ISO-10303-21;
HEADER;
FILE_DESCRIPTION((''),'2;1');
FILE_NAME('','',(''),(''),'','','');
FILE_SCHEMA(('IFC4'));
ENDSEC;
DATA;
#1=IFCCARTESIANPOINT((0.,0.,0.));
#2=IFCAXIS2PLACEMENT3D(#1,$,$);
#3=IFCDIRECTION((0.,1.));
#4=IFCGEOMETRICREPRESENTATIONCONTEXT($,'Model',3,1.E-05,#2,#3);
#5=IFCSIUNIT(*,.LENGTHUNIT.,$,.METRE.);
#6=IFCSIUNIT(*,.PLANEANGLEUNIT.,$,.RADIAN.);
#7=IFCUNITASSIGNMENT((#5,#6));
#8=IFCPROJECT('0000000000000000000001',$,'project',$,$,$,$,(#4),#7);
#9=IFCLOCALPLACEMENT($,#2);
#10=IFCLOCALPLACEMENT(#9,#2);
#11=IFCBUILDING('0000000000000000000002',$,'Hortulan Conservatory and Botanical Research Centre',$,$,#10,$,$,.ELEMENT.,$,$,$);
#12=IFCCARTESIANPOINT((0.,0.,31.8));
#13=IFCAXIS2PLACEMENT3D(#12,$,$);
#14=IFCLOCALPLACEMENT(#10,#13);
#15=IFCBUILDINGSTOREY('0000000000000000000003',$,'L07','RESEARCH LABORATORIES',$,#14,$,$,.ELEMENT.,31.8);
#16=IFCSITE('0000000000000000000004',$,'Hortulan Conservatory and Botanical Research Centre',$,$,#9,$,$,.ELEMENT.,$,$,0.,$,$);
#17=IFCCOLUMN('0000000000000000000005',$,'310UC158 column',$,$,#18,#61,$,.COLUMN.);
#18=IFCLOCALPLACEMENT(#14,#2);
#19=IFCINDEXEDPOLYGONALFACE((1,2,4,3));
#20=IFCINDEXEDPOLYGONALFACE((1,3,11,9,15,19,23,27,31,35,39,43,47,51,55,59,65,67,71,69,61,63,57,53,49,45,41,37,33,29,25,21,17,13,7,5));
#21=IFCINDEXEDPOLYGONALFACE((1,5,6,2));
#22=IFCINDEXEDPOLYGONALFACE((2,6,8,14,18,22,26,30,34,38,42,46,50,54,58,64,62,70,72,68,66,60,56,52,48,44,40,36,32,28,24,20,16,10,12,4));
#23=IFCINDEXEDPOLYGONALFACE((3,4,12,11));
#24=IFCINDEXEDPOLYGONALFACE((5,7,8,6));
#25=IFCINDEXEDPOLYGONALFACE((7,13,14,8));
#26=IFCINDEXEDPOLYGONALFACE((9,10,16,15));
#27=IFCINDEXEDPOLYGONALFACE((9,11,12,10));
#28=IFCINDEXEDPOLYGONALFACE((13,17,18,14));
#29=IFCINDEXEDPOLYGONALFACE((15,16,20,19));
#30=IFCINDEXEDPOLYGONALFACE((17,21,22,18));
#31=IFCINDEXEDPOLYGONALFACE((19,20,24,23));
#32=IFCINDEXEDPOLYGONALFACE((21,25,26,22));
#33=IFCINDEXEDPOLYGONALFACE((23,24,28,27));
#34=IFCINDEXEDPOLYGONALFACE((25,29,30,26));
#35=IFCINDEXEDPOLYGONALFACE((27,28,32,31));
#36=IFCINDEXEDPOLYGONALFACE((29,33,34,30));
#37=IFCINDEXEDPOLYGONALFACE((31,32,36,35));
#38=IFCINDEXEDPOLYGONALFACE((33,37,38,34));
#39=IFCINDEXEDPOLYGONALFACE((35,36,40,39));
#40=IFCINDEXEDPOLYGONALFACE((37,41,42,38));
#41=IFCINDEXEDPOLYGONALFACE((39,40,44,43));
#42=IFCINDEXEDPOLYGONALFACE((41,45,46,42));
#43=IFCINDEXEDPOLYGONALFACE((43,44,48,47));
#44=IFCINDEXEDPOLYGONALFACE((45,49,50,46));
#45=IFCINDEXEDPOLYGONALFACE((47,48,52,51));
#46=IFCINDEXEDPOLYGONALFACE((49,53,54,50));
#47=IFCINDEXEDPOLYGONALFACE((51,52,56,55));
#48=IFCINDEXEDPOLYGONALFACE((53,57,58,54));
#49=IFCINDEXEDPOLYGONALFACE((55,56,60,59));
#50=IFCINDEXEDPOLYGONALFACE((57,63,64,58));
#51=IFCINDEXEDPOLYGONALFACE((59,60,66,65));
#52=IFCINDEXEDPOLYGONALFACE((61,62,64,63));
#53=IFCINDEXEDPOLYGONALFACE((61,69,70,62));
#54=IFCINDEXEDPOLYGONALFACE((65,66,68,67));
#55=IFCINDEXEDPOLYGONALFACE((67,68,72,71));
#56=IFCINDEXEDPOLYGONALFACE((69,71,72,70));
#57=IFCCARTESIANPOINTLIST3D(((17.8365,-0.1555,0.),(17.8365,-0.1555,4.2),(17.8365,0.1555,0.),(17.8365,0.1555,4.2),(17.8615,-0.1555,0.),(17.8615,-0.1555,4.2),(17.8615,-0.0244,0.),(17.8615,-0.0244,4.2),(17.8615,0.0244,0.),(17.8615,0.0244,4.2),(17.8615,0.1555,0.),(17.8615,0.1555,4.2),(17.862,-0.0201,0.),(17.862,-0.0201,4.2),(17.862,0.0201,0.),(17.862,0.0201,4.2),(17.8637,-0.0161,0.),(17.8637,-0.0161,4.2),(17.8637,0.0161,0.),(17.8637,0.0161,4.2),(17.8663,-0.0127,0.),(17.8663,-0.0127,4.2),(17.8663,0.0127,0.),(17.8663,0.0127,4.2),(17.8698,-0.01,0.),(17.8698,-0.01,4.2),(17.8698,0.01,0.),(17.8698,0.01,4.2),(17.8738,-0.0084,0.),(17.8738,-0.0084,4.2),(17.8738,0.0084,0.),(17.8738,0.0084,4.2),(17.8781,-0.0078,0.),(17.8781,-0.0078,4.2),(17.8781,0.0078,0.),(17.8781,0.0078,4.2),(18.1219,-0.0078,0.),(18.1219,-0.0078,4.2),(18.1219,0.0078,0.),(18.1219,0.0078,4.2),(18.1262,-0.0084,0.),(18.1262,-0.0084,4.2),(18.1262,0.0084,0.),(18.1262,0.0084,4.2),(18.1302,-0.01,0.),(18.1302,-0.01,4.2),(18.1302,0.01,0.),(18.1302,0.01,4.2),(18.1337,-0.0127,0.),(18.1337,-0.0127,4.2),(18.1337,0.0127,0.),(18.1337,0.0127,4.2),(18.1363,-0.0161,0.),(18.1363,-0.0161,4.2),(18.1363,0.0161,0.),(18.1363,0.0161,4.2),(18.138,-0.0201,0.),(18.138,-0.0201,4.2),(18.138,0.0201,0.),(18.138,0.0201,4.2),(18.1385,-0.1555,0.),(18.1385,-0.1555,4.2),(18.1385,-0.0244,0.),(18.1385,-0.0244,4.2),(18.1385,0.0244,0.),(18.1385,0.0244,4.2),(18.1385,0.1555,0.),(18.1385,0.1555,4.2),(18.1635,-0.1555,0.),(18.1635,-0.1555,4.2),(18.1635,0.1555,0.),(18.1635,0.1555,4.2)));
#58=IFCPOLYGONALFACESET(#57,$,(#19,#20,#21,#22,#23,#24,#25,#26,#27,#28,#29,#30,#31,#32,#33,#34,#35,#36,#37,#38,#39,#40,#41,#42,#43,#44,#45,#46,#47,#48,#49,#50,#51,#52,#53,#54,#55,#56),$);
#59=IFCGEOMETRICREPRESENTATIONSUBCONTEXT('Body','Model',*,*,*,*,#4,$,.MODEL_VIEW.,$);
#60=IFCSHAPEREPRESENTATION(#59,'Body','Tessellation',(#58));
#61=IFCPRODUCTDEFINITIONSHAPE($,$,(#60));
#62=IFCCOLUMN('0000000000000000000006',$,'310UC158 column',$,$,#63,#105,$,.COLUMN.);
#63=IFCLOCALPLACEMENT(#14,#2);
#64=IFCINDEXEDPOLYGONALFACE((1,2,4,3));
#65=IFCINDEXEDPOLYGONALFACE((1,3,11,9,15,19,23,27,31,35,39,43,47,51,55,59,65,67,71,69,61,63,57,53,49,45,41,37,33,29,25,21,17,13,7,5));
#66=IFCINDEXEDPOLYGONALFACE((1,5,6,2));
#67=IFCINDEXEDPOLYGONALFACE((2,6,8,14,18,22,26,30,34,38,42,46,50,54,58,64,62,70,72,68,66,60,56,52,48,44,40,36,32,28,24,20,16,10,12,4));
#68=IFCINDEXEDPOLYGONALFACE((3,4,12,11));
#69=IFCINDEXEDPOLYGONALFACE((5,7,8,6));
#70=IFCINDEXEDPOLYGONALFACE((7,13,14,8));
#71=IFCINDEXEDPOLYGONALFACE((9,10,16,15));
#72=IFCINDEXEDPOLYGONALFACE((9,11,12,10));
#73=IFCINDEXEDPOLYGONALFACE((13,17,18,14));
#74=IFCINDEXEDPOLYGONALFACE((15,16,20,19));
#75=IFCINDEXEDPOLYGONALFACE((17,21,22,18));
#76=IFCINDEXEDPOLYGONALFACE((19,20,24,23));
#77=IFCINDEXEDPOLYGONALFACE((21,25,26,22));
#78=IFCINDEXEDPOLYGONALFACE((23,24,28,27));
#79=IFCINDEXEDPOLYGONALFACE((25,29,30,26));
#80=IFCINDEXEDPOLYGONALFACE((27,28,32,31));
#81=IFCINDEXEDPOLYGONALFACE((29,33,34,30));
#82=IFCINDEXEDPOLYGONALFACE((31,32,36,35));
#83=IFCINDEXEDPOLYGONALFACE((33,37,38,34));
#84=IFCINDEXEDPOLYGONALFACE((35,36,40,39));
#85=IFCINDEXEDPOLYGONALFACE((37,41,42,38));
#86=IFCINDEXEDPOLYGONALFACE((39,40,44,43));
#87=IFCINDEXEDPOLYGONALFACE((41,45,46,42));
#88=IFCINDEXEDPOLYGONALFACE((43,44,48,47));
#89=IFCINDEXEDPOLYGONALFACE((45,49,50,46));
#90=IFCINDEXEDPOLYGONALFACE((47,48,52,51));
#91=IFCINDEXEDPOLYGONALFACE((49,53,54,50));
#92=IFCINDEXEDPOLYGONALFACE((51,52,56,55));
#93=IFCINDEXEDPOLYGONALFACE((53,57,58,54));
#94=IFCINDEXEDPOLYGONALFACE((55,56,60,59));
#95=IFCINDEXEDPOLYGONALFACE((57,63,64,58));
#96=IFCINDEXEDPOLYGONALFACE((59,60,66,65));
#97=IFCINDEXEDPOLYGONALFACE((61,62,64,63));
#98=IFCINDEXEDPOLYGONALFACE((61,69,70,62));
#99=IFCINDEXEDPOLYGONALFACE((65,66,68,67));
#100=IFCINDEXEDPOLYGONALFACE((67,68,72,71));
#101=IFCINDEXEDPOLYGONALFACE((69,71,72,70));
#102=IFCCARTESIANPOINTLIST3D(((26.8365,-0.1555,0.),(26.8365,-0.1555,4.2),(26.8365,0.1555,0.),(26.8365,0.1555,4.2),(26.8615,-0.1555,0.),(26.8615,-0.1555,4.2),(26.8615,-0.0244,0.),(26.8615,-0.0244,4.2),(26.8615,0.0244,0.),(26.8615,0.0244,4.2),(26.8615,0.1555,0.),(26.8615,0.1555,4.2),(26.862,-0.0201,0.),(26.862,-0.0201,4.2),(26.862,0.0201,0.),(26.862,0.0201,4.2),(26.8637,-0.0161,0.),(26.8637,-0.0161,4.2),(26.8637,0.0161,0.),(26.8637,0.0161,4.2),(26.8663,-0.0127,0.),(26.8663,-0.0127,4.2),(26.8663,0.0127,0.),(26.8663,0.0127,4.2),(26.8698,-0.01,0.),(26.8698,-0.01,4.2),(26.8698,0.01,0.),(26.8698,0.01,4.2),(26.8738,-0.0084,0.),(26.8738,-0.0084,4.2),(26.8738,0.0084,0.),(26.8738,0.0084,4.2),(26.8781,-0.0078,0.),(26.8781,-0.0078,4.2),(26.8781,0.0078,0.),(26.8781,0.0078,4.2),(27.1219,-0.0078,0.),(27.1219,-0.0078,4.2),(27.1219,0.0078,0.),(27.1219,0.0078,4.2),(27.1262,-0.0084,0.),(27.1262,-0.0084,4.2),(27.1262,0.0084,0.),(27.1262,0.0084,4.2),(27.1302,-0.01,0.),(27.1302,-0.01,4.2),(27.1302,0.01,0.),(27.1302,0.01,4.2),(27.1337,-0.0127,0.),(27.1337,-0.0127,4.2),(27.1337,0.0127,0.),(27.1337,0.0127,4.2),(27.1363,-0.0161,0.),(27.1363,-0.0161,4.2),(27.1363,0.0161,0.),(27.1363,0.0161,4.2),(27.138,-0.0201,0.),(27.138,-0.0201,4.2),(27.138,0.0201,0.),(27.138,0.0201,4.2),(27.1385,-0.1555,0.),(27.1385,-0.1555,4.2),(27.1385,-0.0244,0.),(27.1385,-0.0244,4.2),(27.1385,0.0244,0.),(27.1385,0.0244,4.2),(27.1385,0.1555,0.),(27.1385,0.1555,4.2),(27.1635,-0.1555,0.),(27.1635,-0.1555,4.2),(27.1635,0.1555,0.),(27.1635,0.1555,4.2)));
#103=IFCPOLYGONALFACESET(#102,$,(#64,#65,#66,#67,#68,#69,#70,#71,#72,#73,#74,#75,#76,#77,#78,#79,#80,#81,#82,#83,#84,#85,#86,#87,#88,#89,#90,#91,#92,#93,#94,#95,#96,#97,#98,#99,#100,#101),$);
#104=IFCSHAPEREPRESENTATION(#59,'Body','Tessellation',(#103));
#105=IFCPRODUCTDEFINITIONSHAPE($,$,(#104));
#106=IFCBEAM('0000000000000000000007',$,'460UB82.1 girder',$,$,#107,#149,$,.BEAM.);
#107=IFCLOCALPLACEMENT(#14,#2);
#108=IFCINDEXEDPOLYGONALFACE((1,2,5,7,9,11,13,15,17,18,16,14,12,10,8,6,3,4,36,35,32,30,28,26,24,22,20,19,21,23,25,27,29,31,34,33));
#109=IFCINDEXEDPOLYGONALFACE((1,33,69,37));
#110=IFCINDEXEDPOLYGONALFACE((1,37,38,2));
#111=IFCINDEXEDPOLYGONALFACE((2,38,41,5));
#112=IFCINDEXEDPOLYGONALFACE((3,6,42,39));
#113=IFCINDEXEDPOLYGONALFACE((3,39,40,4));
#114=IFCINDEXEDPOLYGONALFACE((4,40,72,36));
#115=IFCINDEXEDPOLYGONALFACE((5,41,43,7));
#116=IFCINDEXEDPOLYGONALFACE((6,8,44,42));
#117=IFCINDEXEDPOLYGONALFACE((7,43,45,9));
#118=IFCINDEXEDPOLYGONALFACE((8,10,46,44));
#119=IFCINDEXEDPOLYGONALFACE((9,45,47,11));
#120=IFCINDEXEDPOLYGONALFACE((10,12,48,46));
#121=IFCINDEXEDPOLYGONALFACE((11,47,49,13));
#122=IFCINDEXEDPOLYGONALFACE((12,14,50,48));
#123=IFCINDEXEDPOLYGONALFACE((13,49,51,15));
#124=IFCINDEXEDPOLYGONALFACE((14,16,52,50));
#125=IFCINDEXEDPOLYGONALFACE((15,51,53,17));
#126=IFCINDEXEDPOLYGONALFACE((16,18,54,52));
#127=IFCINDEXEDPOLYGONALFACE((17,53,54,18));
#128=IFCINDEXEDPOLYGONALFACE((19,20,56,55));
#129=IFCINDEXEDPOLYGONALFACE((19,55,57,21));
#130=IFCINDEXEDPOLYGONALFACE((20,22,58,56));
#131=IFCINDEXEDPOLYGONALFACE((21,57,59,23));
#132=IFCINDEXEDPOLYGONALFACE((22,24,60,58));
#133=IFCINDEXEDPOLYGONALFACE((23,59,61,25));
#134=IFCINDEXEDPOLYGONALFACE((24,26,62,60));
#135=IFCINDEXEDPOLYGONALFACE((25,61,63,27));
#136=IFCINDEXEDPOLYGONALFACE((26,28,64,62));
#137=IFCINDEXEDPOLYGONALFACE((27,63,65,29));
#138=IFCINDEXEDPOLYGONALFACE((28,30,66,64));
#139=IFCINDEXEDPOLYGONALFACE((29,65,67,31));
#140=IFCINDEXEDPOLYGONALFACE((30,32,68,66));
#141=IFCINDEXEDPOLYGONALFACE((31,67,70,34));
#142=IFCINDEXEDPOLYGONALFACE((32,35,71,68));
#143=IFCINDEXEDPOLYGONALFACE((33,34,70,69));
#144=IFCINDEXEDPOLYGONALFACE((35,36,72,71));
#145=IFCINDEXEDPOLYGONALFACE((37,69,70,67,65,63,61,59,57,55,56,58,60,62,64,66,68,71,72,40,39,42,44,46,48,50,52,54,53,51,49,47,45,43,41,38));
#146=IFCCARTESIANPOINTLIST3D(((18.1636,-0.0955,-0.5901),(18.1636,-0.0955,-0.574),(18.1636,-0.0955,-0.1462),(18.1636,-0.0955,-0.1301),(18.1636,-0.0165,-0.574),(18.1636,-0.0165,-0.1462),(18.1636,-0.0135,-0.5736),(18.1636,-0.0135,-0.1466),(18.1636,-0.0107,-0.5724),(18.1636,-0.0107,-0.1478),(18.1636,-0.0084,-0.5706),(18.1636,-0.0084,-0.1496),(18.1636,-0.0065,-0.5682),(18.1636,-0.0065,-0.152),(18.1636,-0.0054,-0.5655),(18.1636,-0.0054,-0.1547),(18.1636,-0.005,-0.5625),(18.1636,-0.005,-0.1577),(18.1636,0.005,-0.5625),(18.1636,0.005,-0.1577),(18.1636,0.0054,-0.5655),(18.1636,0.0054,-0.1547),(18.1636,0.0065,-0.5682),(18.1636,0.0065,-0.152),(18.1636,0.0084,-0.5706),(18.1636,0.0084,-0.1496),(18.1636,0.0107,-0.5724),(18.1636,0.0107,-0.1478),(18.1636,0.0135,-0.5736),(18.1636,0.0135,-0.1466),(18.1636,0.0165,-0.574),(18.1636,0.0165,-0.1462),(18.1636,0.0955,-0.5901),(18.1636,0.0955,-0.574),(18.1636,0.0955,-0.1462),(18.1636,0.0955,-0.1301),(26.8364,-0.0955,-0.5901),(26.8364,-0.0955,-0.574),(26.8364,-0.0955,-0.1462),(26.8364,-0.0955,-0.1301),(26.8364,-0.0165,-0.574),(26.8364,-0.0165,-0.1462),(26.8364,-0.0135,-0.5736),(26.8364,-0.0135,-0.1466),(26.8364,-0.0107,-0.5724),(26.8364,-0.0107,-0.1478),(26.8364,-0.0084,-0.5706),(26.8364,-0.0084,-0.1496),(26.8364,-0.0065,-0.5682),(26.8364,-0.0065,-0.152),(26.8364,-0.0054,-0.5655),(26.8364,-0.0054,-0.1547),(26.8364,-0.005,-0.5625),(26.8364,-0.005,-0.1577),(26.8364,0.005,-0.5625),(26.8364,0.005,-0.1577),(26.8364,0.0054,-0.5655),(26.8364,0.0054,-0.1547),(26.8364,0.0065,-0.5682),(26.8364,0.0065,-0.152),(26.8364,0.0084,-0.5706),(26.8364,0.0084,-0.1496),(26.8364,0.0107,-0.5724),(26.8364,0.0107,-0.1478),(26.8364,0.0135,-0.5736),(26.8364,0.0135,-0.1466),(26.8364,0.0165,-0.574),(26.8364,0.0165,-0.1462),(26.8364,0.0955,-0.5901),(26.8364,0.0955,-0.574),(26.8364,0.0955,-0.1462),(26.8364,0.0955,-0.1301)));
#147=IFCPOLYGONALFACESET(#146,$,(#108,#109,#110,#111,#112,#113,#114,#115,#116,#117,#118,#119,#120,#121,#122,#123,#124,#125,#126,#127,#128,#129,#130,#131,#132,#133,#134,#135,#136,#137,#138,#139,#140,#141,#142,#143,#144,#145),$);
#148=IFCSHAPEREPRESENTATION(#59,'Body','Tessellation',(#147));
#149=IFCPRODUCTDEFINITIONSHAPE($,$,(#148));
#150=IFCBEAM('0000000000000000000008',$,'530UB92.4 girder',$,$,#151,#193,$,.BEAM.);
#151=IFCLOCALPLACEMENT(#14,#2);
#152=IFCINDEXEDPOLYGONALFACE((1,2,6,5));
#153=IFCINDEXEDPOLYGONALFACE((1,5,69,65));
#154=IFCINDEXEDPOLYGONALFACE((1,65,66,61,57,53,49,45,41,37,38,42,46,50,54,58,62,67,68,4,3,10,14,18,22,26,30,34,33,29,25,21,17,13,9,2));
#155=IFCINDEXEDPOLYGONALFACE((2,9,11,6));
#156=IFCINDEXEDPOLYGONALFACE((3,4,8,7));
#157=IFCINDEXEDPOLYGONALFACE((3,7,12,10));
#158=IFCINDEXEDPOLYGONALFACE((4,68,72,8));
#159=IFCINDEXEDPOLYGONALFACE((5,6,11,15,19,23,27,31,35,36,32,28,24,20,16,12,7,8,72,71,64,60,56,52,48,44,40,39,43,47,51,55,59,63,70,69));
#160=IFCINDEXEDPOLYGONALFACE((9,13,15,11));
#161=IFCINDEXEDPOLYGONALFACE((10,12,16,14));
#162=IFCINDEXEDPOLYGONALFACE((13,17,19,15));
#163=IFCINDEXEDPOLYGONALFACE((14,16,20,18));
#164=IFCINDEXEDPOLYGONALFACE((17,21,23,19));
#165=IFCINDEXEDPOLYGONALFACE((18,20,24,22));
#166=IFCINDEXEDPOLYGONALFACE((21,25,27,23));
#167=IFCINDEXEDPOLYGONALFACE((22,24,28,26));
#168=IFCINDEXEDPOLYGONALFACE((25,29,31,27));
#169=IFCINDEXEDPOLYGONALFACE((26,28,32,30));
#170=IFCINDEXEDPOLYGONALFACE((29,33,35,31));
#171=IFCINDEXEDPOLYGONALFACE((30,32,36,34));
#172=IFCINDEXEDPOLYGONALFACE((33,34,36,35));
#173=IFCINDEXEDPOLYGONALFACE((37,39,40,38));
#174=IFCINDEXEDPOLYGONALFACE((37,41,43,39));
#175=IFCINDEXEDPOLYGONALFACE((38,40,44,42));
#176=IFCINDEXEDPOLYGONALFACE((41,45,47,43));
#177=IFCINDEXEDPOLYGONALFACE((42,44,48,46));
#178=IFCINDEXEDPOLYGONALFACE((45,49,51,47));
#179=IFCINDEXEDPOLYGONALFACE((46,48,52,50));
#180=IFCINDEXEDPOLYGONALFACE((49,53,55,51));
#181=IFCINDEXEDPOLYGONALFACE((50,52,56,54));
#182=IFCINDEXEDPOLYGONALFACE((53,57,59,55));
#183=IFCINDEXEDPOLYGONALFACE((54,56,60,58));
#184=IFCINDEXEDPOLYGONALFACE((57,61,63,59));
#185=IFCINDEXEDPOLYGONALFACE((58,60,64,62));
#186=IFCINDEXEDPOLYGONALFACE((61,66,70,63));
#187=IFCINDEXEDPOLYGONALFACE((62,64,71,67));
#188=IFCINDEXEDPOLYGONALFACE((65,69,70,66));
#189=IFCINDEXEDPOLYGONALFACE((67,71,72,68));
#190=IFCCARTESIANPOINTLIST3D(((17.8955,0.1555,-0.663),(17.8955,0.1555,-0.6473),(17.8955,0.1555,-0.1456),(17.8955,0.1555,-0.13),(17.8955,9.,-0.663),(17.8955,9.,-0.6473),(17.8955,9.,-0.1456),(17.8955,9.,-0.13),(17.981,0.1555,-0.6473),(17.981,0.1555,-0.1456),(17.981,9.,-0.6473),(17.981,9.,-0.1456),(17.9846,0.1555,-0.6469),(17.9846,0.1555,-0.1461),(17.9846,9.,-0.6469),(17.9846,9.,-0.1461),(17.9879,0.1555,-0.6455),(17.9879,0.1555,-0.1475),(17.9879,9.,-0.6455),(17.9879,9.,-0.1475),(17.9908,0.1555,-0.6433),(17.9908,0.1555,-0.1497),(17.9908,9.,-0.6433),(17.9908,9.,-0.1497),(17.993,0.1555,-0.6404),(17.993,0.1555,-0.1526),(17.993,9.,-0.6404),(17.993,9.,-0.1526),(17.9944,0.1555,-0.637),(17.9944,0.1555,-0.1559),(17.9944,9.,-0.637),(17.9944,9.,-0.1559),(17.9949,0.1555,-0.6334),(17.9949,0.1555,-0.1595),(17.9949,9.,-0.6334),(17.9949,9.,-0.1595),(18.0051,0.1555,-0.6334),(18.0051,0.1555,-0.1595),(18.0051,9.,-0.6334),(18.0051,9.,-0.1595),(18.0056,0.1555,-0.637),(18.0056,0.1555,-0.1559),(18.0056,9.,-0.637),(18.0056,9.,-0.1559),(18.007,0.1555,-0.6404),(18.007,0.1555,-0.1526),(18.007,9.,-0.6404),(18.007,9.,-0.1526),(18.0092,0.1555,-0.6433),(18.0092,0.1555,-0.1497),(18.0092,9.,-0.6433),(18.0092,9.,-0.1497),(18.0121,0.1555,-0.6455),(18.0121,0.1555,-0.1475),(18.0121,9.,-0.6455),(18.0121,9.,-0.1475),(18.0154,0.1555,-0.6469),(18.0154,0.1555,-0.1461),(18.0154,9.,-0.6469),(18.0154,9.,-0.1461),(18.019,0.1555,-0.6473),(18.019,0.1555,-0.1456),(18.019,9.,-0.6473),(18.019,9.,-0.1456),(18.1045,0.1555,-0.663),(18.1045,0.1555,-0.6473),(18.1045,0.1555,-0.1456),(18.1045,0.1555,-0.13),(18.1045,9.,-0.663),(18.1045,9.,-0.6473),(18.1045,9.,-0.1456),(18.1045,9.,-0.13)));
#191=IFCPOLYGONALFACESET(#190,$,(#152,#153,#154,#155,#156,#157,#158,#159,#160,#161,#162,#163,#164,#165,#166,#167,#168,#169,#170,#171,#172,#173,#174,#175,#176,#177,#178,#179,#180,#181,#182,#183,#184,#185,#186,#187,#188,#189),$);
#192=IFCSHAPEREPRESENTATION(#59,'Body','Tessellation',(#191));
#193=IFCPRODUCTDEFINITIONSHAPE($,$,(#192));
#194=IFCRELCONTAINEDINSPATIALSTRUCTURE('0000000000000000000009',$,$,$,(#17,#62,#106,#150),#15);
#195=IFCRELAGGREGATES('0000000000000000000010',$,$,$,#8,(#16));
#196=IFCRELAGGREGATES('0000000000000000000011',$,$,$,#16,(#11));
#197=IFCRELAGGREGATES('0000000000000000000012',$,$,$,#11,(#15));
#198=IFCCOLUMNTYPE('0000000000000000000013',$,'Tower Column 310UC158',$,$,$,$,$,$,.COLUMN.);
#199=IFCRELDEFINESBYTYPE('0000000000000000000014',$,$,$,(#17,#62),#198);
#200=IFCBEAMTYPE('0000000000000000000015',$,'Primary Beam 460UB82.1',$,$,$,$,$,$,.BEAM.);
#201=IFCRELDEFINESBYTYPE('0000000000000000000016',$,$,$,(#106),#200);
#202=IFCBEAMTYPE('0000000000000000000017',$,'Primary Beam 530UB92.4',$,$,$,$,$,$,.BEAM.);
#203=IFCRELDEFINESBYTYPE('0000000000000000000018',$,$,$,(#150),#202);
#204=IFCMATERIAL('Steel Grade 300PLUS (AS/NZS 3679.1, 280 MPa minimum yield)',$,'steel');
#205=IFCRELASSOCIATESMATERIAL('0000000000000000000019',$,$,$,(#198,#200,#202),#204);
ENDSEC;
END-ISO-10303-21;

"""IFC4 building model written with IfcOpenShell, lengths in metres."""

from ifc_helpers import new_model, si_unit, direction, frame, origin, origin_2d, place, context, subcontext, project, spatial, i_section, extrude, material, material_profile, profile_set, type_object, element, save


model = new_model("IFC4")

# Units and contexts
model_context = context("Model", 3, precision=1e-05, world=origin(), true_north=direction((0.0, 1.0)))
body_context = subcontext(model_context, "Body", "Model", "MODEL_VIEW")
ifc_project = project(units=[si_unit("LENGTHUNIT", "METRE"), si_unit("PLANEANGLEUNIT", "RADIAN")], contexts=[model_context])

# Site, building, storey
site_placement = place(None, origin())
site = spatial("IfcSite", under=ifc_project, at=site_placement, Name="Hortulan Conservatory and Botanical Research Centre", CompositionType="ELEMENT", RefElevation=0.0)
building_placement = place(site_placement, origin())
building = spatial("IfcBuilding", under=site, at=building_placement, Name="Hortulan Conservatory and Botanical Research Centre", CompositionType="ELEMENT")
storey_placement = place(building_placement, frame((0.0, 0.0, 31.8)))
storey = spatial("IfcBuildingStorey", under=building, at=storey_placement, Name="L07", Description="RESEARCH LABORATORIES", CompositionType="ELEMENT", Elevation=31.8)

# Columns
ifc_material_1 = material(Name="Steel Grade 300PLUS (AS/NZS 3679.1, 280 MPa minimum yield)", Category="steel")
ifc_material_profile_1 = material_profile(ifc_material_1, i_section(OverallWidth=0.311, OverallDepth=0.3269, WebThickness=0.0156, FlangeThickness=0.0249, FilletRadius=0.0166, at=origin_2d()), Name="310UC158")
ifc_profile_set_1 = profile_set([ifc_material_profile_1], Name="Steel Grade 300PLUS (AS/NZS 3679.1, 280 MPa minimum yield)")
column_type = type_object("IfcColumnType", Name="Tower Column 310UC158", PredefinedType="COLUMN", material=ifc_profile_set_1)
for number, where, z_axis, x_axis, name in (
    (1, (18.0, 0.0, 0.0), (0.0, 0.0, 1.0), (0.0, 1.0, 0.0), "310UC158 column"),
    (2, (27.0, 0.0, 0.0), (0.0, 0.0, 1.0), (0.0, 1.0, 0.0), "310UC158 column"),
):
    element("IfcColumn", number, at=place(storey_placement, frame(where, z_axis=z_axis, x_axis=x_axis)), inside=storey, type_object=column_type, Name=name, PredefinedType="COLUMN", context=body_context, shape_type="SweptSolid", body=[
        extrude(i_section(OverallWidth=0.311, OverallDepth=0.3269, WebThickness=0.0156, FlangeThickness=0.0249, FilletRadius=0.0166, at=origin_2d()), origin(), (0.0, 0.0, 1.0), 4.2),
    ])

# Beams
ifc_material_profile_2 = material_profile(ifc_material_1, i_section(OverallWidth=0.1909, OverallDepth=0.46, WebThickness=0.01, FlangeThickness=0.0161, FilletRadius=0.0115, at=origin_2d()), Name="460UB82.1")
ifc_profile_set_2 = profile_set([ifc_material_profile_2], Name="Steel Grade 300PLUS (AS/NZS 3679.1, 280 MPa minimum yield)")
beam_type_1 = type_object("IfcBeamType", Name="Primary Beam 460UB82.1", PredefinedType="BEAM", material=ifc_profile_set_2)
beam_1_placement = place(storey_placement, frame((18.1636, 0.0, -0.3601), z_axis=(1.0, 0.0, 0.0), x_axis=(0.0, 1.0, 0.0)))
element("IfcBeam", 3, at=beam_1_placement, inside=storey, type_object=beam_type_1, Name="460UB82.1 girder", PredefinedType="BEAM", context=body_context, shape_type="SweptSolid", body=[
    extrude(i_section(OverallWidth=0.1909, OverallDepth=0.46, WebThickness=0.01, FlangeThickness=0.0161, FilletRadius=0.0115, at=origin_2d()), origin(), (0.0, 0.0, 1.0), 8.6729),
])
ifc_material_profile_3 = material_profile(ifc_material_1, i_section(OverallWidth=0.209, OverallDepth=0.533, WebThickness=0.0103, FlangeThickness=0.0156, FilletRadius=0.0139, at=origin_2d()), Name="530UB92.4")
ifc_profile_set_3 = profile_set([ifc_material_profile_3], Name="Steel Grade 300PLUS (AS/NZS 3679.1, 280 MPa minimum yield)")
beam_type_2 = type_object("IfcBeamType", Name="Primary Beam 530UB92.4", PredefinedType="BEAM", material=ifc_profile_set_3)
beam_2_placement = place(storey_placement, frame((18.0, 0.1555, -0.3965), z_axis=(0.0, 1.0, 0.0), x_axis=(-1.0, 0.0, 0.0)))
element("IfcBeam", 4, at=beam_2_placement, inside=storey, type_object=beam_type_2, Name="530UB92.4 girder", PredefinedType="BEAM", context=body_context, shape_type="SweptSolid", body=[
    extrude(i_section(OverallWidth=0.209, OverallDepth=0.533, WebThickness=0.0103, FlangeThickness=0.0156, FilletRadius=0.0139, at=origin_2d()), origin(), (0.0, 0.0, 1.0), 8.8445),
])

save(model, "model.ifc")
